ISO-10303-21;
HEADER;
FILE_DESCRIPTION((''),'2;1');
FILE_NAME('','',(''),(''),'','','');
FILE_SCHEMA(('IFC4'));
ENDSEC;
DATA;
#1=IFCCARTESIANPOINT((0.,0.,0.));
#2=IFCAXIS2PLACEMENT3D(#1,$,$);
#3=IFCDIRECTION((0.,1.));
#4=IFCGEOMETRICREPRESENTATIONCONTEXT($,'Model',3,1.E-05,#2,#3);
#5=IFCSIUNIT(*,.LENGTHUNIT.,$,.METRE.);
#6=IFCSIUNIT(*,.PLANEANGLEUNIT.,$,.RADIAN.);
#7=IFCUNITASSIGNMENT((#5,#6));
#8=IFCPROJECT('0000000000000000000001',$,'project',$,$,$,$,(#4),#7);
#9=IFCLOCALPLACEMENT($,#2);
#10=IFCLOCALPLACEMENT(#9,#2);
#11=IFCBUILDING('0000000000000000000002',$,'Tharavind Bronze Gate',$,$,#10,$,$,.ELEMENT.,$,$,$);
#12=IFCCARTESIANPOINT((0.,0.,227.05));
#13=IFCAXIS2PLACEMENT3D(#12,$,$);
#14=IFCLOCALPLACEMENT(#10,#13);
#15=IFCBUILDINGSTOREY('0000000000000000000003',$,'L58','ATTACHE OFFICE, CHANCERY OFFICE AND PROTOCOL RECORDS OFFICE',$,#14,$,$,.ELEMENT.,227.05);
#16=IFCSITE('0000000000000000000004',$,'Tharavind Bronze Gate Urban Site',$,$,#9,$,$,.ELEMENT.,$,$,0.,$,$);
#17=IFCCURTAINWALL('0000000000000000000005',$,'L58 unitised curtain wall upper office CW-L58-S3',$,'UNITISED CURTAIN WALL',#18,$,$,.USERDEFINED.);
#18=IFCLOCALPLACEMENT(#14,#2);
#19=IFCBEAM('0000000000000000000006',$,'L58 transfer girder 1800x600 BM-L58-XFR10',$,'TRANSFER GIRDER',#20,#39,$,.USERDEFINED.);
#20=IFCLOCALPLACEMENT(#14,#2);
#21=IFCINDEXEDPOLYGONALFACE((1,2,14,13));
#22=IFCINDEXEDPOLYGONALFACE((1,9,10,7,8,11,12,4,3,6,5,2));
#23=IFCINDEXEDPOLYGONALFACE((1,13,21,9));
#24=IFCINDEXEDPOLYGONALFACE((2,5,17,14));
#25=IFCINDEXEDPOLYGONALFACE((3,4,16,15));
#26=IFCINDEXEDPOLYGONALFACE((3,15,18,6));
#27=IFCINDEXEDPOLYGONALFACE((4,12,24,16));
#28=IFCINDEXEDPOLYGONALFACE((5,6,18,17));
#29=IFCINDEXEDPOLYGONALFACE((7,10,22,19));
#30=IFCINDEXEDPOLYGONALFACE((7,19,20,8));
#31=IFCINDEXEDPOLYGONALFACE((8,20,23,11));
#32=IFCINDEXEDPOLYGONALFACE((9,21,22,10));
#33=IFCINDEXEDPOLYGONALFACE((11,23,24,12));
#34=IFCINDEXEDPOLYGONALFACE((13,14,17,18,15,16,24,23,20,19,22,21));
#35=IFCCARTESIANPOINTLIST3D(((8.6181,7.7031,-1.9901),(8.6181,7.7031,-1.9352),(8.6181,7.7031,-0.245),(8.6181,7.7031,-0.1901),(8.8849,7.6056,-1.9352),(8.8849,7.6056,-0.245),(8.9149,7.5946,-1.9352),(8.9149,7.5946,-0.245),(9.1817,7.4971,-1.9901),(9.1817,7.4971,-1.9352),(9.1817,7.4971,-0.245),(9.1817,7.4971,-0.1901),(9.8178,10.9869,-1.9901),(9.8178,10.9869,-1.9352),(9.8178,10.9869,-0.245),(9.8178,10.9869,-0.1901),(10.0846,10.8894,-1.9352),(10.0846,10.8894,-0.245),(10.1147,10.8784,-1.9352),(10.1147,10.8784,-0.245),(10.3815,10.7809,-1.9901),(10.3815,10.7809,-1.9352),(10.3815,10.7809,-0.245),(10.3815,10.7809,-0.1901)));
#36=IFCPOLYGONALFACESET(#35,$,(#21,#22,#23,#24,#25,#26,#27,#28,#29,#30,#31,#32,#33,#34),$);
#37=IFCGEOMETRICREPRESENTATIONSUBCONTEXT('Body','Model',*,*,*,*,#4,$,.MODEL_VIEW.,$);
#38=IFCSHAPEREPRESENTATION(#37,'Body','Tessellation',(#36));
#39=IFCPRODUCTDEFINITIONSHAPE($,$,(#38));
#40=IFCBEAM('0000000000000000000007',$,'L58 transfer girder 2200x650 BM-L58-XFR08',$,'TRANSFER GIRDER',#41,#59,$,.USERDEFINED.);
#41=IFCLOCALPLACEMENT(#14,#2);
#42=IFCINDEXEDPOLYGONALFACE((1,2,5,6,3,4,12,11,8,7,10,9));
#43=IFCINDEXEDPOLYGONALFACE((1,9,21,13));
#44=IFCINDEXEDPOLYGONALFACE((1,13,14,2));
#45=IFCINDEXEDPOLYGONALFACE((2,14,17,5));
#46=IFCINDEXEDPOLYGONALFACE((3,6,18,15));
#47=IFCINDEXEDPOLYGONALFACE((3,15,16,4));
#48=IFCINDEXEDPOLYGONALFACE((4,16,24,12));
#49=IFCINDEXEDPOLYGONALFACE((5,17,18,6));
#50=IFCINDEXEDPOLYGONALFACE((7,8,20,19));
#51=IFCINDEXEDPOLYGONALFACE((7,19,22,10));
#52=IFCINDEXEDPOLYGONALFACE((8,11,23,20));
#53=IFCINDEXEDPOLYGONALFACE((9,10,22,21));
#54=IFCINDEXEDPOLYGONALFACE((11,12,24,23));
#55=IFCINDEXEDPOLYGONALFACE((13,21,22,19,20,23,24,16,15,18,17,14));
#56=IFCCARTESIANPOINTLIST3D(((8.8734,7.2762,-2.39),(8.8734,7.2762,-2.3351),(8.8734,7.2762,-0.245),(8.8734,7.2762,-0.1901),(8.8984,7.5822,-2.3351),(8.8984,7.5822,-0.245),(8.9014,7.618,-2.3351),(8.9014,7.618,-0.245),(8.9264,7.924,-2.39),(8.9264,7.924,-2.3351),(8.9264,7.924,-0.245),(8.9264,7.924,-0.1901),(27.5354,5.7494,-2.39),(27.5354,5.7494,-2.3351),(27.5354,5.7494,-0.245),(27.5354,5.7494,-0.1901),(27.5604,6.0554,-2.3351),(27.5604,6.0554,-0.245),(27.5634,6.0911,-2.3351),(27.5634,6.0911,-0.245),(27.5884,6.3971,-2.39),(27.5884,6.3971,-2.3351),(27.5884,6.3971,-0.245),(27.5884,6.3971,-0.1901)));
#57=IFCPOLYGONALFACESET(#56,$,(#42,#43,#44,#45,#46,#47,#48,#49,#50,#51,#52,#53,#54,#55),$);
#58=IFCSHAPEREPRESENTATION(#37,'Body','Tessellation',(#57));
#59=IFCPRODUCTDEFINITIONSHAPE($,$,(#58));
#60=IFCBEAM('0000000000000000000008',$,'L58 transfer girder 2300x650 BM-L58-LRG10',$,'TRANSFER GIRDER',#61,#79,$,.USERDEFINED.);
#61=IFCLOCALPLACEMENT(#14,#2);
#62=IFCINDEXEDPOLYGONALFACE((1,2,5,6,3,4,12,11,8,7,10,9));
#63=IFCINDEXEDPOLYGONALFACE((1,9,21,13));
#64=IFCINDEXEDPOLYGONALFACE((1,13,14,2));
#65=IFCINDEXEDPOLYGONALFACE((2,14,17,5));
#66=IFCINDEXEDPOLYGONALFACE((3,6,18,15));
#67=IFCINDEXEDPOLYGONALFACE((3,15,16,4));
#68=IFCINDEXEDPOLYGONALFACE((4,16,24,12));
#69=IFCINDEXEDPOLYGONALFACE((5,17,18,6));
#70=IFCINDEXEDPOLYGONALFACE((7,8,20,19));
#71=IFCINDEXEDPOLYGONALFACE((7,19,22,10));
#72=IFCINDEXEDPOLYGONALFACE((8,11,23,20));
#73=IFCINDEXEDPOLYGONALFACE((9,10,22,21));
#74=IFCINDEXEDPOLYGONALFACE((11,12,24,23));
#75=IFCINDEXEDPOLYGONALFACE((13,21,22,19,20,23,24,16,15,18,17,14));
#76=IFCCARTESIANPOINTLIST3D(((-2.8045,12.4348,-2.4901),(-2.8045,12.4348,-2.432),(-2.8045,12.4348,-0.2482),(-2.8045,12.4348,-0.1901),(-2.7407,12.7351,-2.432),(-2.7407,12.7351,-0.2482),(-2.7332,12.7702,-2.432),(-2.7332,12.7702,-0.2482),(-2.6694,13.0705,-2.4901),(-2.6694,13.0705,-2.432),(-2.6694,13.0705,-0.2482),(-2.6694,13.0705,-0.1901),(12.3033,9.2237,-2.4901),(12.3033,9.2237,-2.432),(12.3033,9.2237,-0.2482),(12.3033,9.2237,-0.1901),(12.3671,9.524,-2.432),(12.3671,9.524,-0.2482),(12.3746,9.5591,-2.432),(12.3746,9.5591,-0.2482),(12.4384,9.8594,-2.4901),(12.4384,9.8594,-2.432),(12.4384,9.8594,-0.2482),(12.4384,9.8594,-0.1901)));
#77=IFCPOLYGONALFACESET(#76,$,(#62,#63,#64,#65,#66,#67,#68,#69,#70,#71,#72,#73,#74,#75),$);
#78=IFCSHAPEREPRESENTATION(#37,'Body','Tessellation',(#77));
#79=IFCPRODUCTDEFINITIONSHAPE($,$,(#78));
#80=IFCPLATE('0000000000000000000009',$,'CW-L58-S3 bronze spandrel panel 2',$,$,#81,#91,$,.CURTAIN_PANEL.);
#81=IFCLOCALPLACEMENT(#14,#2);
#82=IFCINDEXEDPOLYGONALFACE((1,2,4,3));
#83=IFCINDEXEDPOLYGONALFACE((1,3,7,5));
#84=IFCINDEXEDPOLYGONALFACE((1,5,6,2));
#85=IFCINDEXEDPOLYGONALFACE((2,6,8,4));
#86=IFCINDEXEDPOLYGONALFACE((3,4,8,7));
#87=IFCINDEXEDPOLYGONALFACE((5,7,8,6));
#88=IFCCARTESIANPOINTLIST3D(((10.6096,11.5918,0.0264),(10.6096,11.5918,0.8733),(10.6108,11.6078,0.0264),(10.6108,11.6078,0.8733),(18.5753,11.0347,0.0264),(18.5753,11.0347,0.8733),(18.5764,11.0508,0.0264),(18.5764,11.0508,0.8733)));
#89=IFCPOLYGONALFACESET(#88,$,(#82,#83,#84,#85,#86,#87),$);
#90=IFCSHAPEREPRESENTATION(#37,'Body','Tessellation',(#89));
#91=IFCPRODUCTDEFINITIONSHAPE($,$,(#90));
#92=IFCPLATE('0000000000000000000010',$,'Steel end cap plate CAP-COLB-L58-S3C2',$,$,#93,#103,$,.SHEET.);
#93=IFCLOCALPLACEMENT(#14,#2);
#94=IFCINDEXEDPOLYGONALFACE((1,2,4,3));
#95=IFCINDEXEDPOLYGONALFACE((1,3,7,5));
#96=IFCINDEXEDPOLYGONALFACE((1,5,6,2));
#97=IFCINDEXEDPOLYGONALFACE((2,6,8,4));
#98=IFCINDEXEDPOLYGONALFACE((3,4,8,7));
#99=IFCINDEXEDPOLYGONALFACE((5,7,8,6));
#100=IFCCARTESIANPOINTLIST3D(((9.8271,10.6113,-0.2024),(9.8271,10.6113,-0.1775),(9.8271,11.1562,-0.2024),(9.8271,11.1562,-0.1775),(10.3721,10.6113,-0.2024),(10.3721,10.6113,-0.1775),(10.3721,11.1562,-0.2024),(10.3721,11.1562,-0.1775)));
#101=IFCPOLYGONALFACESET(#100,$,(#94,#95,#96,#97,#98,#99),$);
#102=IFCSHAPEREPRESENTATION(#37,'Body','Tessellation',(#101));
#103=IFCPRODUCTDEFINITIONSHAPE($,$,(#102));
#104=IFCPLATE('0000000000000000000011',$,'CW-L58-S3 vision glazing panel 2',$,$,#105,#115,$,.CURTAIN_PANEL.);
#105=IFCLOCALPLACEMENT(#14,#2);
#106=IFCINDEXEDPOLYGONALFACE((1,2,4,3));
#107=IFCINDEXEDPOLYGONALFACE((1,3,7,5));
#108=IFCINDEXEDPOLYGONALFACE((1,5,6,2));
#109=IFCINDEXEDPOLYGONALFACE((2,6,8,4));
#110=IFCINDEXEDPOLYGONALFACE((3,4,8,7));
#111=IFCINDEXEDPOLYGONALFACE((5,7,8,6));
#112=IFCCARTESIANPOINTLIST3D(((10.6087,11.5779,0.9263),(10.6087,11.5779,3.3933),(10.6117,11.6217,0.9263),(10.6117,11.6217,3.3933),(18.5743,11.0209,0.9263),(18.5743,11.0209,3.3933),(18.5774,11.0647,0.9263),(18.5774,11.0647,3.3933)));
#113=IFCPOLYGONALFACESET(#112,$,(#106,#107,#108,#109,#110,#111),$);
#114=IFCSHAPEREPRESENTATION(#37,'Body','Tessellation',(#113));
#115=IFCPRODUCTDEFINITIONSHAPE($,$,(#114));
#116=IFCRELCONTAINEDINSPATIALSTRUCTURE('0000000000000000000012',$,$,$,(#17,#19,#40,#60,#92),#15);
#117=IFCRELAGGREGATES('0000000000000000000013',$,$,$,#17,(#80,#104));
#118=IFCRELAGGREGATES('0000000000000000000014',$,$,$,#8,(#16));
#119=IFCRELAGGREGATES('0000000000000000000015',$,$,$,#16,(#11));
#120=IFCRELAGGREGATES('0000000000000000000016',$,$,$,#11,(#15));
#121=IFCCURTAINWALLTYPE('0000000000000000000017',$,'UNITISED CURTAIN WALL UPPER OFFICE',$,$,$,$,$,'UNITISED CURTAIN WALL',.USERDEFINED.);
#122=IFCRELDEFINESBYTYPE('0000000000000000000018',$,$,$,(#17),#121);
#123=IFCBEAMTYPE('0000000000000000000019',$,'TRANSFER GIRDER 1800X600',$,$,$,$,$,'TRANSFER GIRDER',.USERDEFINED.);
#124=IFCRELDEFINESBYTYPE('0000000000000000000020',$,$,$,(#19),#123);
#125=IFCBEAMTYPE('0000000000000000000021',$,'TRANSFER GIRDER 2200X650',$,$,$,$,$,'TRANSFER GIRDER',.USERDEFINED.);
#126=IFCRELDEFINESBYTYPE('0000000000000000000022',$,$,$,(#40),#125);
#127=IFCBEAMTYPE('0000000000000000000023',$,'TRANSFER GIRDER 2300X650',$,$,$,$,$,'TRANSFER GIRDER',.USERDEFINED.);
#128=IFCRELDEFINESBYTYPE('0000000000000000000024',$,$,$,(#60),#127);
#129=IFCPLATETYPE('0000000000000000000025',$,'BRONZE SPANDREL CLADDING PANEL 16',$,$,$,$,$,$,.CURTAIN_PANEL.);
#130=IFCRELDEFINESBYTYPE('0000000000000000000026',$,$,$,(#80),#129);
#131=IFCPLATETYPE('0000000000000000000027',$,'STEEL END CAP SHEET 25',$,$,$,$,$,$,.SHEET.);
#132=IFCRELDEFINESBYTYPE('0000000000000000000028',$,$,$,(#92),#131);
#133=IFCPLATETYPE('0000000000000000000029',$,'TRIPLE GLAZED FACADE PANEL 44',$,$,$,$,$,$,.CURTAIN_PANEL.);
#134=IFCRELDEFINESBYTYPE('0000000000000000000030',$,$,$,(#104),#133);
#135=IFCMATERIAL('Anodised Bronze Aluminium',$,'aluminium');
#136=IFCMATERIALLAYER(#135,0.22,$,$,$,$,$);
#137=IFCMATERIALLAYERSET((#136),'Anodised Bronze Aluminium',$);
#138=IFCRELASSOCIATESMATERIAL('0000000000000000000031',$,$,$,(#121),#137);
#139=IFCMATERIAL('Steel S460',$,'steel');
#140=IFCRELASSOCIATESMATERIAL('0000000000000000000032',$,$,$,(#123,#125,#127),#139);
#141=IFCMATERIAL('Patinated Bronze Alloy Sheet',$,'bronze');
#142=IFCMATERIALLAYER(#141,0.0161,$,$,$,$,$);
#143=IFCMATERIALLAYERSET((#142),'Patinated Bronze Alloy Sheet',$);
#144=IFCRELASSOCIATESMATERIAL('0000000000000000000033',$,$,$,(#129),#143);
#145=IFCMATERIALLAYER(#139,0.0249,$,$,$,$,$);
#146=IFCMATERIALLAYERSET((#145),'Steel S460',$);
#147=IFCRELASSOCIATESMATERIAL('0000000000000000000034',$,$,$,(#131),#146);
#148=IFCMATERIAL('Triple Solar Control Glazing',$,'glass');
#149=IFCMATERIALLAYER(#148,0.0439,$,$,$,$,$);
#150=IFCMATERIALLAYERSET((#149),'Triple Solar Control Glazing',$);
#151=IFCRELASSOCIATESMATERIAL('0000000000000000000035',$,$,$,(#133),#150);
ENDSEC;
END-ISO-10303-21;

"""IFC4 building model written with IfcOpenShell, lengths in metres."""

from ifc_helpers import new_model, si_unit, direction, frame, origin, origin_2d, place, context, subcontext, project, spatial, rectangle, i_section, extrude, material, layer, layer_set, material_profile, profile_set, type_object, element, aggregate, save


model = new_model("IFC4")

# Units and contexts
model_context = context("Model", 3, precision=1e-05, world=origin(), true_north=direction((0.0, 1.0)))
body_context = subcontext(model_context, "Body", "Model", "MODEL_VIEW")
ifc_project = project(units=[si_unit("LENGTHUNIT", "METRE"), si_unit("PLANEANGLEUNIT", "RADIAN")], contexts=[model_context])

# Site, building, storey
site_placement = place(None, origin())
site = spatial("IfcSite", under=ifc_project, at=site_placement, Name="Tharavind Bronze Gate Urban Site", CompositionType="ELEMENT", RefElevation=0.0)
building_placement = place(site_placement, origin())
building = spatial("IfcBuilding", under=site, at=building_placement, Name="Tharavind Bronze Gate", CompositionType="ELEMENT")
storey_placement = place(building_placement, frame((0.0, 0.0, 227.05)))
storey = spatial("IfcBuildingStorey", under=building, at=storey_placement, Name="L58", Description="ATTACHE OFFICE, CHANCERY OFFICE AND PROTOCOL RECORDS OFFICE", CompositionType="ELEMENT", Elevation=227.05)

# Shared definitions
ifc_material_1 = material(Name="Steel S460", Category="steel")

# Curtain wall
ifc_material_2 = material(Name="Anodised Bronze Aluminium", Category="aluminium")
ifc_layer_1 = layer(ifc_material_2, 0.22)
ifc_layer_set_1 = layer_set([ifc_layer_1], Name="Anodised Bronze Aluminium")
curtain_wall_type = type_object("IfcCurtainWallType", Name="UNITISED CURTAIN WALL UPPER OFFICE", ElementType="UNITISED CURTAIN WALL", PredefinedType="USERDEFINED", material=ifc_layer_set_1)
curtain_wall_placement = place(storey_placement, origin())
curtain_wall = element("IfcCurtainWall", 1, at=curtain_wall_placement, inside=storey, type_object=curtain_wall_type, Name="L58 unitised curtain wall upper office CW-L58-S3", ObjectType="UNITISED CURTAIN WALL", PredefinedType="USERDEFINED")

# Beams
ifc_material_profile_1 = material_profile(ifc_material_1, i_section(OverallWidth=0.6001, OverallDepth=1.8, WebThickness=0.032, FlangeThickness=0.0549, at=origin_2d()), Name="PG1800X600")
ifc_profile_set_1 = profile_set([ifc_material_profile_1], Name="Steel S460")
beam_type_1 = type_object("IfcBeamType", Name="TRANSFER GIRDER 1800X600", ElementType="TRANSFER GIRDER", PredefinedType="USERDEFINED", material=ifc_profile_set_1)
beam_1_placement = place(storey_placement, frame((8.8999, 7.6001, -1.0901), z_axis=(0.343167, 0.939274, 0.0), x_axis=(-0.939274, 0.343167, 0.0)))
element("IfcBeam", 2, at=beam_1_placement, inside=storey, type_object=beam_type_1, Name="L58 transfer girder 1800x600 BM-L58-XFR10", ObjectType="TRANSFER GIRDER", PredefinedType="USERDEFINED", context=body_context, shape_type="SweptSolid", body=[
    extrude(i_section(OverallWidth=0.6001, OverallDepth=1.8, WebThickness=0.032, FlangeThickness=0.0549, at=origin_2d()), origin(), (0.0, 0.0, 1.0), 3.4961),
])
ifc_material_profile_2 = material_profile(ifc_material_1, i_section(OverallWidth=0.6499, OverallDepth=2.2, WebThickness=0.0359, FlangeThickness=0.0549, at=origin_2d()), Name="PG2200X650")
ifc_profile_set_2 = profile_set([ifc_material_profile_2], Name="Steel S460")
beam_type_2 = type_object("IfcBeamType", Name="TRANSFER GIRDER 2200X650", ElementType="TRANSFER GIRDER", PredefinedType="USERDEFINED", material=ifc_profile_set_2)
beam_2_placement = place(storey_placement, frame((8.8999, 7.6001, -1.29), z_axis=(0.99667, -0.081543, 0.0), x_axis=(0.081543, 0.99667, 0.0)))
element("IfcBeam", 3, at=beam_2_placement, inside=storey, type_object=beam_type_2, Name="L58 transfer girder 2200x650 BM-L58-XFR08", ObjectType="TRANSFER GIRDER", PredefinedType="USERDEFINED", context=body_context, shape_type="SweptSolid", body=[
    extrude(i_section(OverallWidth=0.6499, OverallDepth=2.2, WebThickness=0.0359, FlangeThickness=0.0549, at=origin_2d()), origin(), (0.0, 0.0, 1.0), 18.7244),
])
ifc_material_profile_3 = material_profile(ifc_material_1, i_section(OverallWidth=0.6499, OverallDepth=2.3, WebThickness=0.0359, FlangeThickness=0.0581, at=origin_2d()), Name="PG2300X650")
ifc_profile_set_3 = profile_set([ifc_material_profile_3], Name="Steel S460")
beam_type_3 = type_object("IfcBeamType", Name="TRANSFER GIRDER 2300X650", ElementType="TRANSFER GIRDER", PredefinedType="USERDEFINED", material=ifc_profile_set_3)
beam_3_placement = place(storey_placement, frame((12.3708, 9.5415, -1.3401), z_axis=(-0.978149, 0.207905, 0.0), x_axis=(-0.207905, -0.978149, 0.0)))
element("IfcBeam", 4, at=beam_3_placement, inside=storey, type_object=beam_type_3, Name="L58 transfer girder 2300x650 BM-L58-LRG10", ObjectType="TRANSFER GIRDER", PredefinedType="USERDEFINED", context=body_context, shape_type="SweptSolid", body=[
    extrude(i_section(OverallWidth=0.6499, OverallDepth=2.3, WebThickness=0.0359, FlangeThickness=0.0581, at=origin_2d()), origin(), (0.0, 0.0, 1.0), 15.4453),
])

# Plates
ifc_material_3 = material(Name="Patinated Bronze Alloy Sheet", Category="bronze")
ifc_layer_2 = layer(ifc_material_3, 0.0161)
ifc_layer_set_2 = layer_set([ifc_layer_2], Name="Patinated Bronze Alloy Sheet")
plate_type_1 = type_object("IfcPlateType", Name="BRONZE SPANDREL CLADDING PANEL 16", PredefinedType="CURTAIN_PANEL", material=ifc_layer_set_2)
plate_1_placement = place(storey_placement, frame((14.593, 11.3213, 0.0264), z_axis=(0.0, 0.0, 1.0), x_axis=(-0.997564, 0.069758, 0.0)))
plate_1 = element("IfcPlate", 5, at=plate_1_placement, type_object=plate_type_1, Name="CW-L58-S3 bronze spandrel panel 2", PredefinedType="CURTAIN_PANEL", context=body_context, shape_type="SweptSolid", body=[
    extrude(rectangle(XDim=7.9851, YDim=0.0161, at=origin_2d()), origin(), (0.0, 0.0, 1.0), 0.8469),
])
ifc_layer_3 = layer(ifc_material_1, 0.0249)
ifc_layer_set_3 = layer_set([ifc_layer_3], Name="Steel S460")
plate_type_2 = type_object("IfcPlateType", Name="STEEL END CAP SHEET 25", PredefinedType="SHEET", material=ifc_layer_set_3)
plate_2_placement = place(storey_placement, frame((10.0996, 10.8838, -0.2024), z_axis=(0.0, 0.0, 1.0), x_axis=(1.0, 0.0, 0.0)))
element("IfcPlate", 6, at=plate_2_placement, inside=storey, type_object=plate_type_2, Name="Steel end cap plate CAP-COLB-L58-S3C2", PredefinedType="SHEET", context=body_context, shape_type="SweptSolid", body=[
    extrude(rectangle(XDim=0.5449, YDim=0.5449, at=origin_2d()), origin(), (0.0, 0.0, 1.0), 0.0249),
])
ifc_material_4 = material(Name="Triple Solar Control Glazing", Category="glass")
ifc_layer_4 = layer(ifc_material_4, 0.0439)
ifc_layer_set_4 = layer_set([ifc_layer_4], Name="Triple Solar Control Glazing")
plate_type_3 = type_object("IfcPlateType", Name="TRIPLE GLAZED FACADE PANEL 44", PredefinedType="CURTAIN_PANEL", material=ifc_layer_set_4)
plate_3_placement = place(storey_placement, frame((14.593, 11.3213, 0.9263), z_axis=(0.0, 0.0, 1.0), x_axis=(-0.997564, 0.069758, 0.0)))
plate_3 = element("IfcPlate", 7, at=plate_3_placement, type_object=plate_type_3, Name="CW-L58-S3 vision glazing panel 2", PredefinedType="CURTAIN_PANEL", context=body_context, shape_type="SweptSolid", body=[
    extrude(rectangle(XDim=7.9851, YDim=0.0439, at=origin_2d()), origin(), (0.0, 0.0, 1.0), 2.467),
])
aggregate(curtain_wall, [plate_1, plate_3])

save(model, "model.ifc")
